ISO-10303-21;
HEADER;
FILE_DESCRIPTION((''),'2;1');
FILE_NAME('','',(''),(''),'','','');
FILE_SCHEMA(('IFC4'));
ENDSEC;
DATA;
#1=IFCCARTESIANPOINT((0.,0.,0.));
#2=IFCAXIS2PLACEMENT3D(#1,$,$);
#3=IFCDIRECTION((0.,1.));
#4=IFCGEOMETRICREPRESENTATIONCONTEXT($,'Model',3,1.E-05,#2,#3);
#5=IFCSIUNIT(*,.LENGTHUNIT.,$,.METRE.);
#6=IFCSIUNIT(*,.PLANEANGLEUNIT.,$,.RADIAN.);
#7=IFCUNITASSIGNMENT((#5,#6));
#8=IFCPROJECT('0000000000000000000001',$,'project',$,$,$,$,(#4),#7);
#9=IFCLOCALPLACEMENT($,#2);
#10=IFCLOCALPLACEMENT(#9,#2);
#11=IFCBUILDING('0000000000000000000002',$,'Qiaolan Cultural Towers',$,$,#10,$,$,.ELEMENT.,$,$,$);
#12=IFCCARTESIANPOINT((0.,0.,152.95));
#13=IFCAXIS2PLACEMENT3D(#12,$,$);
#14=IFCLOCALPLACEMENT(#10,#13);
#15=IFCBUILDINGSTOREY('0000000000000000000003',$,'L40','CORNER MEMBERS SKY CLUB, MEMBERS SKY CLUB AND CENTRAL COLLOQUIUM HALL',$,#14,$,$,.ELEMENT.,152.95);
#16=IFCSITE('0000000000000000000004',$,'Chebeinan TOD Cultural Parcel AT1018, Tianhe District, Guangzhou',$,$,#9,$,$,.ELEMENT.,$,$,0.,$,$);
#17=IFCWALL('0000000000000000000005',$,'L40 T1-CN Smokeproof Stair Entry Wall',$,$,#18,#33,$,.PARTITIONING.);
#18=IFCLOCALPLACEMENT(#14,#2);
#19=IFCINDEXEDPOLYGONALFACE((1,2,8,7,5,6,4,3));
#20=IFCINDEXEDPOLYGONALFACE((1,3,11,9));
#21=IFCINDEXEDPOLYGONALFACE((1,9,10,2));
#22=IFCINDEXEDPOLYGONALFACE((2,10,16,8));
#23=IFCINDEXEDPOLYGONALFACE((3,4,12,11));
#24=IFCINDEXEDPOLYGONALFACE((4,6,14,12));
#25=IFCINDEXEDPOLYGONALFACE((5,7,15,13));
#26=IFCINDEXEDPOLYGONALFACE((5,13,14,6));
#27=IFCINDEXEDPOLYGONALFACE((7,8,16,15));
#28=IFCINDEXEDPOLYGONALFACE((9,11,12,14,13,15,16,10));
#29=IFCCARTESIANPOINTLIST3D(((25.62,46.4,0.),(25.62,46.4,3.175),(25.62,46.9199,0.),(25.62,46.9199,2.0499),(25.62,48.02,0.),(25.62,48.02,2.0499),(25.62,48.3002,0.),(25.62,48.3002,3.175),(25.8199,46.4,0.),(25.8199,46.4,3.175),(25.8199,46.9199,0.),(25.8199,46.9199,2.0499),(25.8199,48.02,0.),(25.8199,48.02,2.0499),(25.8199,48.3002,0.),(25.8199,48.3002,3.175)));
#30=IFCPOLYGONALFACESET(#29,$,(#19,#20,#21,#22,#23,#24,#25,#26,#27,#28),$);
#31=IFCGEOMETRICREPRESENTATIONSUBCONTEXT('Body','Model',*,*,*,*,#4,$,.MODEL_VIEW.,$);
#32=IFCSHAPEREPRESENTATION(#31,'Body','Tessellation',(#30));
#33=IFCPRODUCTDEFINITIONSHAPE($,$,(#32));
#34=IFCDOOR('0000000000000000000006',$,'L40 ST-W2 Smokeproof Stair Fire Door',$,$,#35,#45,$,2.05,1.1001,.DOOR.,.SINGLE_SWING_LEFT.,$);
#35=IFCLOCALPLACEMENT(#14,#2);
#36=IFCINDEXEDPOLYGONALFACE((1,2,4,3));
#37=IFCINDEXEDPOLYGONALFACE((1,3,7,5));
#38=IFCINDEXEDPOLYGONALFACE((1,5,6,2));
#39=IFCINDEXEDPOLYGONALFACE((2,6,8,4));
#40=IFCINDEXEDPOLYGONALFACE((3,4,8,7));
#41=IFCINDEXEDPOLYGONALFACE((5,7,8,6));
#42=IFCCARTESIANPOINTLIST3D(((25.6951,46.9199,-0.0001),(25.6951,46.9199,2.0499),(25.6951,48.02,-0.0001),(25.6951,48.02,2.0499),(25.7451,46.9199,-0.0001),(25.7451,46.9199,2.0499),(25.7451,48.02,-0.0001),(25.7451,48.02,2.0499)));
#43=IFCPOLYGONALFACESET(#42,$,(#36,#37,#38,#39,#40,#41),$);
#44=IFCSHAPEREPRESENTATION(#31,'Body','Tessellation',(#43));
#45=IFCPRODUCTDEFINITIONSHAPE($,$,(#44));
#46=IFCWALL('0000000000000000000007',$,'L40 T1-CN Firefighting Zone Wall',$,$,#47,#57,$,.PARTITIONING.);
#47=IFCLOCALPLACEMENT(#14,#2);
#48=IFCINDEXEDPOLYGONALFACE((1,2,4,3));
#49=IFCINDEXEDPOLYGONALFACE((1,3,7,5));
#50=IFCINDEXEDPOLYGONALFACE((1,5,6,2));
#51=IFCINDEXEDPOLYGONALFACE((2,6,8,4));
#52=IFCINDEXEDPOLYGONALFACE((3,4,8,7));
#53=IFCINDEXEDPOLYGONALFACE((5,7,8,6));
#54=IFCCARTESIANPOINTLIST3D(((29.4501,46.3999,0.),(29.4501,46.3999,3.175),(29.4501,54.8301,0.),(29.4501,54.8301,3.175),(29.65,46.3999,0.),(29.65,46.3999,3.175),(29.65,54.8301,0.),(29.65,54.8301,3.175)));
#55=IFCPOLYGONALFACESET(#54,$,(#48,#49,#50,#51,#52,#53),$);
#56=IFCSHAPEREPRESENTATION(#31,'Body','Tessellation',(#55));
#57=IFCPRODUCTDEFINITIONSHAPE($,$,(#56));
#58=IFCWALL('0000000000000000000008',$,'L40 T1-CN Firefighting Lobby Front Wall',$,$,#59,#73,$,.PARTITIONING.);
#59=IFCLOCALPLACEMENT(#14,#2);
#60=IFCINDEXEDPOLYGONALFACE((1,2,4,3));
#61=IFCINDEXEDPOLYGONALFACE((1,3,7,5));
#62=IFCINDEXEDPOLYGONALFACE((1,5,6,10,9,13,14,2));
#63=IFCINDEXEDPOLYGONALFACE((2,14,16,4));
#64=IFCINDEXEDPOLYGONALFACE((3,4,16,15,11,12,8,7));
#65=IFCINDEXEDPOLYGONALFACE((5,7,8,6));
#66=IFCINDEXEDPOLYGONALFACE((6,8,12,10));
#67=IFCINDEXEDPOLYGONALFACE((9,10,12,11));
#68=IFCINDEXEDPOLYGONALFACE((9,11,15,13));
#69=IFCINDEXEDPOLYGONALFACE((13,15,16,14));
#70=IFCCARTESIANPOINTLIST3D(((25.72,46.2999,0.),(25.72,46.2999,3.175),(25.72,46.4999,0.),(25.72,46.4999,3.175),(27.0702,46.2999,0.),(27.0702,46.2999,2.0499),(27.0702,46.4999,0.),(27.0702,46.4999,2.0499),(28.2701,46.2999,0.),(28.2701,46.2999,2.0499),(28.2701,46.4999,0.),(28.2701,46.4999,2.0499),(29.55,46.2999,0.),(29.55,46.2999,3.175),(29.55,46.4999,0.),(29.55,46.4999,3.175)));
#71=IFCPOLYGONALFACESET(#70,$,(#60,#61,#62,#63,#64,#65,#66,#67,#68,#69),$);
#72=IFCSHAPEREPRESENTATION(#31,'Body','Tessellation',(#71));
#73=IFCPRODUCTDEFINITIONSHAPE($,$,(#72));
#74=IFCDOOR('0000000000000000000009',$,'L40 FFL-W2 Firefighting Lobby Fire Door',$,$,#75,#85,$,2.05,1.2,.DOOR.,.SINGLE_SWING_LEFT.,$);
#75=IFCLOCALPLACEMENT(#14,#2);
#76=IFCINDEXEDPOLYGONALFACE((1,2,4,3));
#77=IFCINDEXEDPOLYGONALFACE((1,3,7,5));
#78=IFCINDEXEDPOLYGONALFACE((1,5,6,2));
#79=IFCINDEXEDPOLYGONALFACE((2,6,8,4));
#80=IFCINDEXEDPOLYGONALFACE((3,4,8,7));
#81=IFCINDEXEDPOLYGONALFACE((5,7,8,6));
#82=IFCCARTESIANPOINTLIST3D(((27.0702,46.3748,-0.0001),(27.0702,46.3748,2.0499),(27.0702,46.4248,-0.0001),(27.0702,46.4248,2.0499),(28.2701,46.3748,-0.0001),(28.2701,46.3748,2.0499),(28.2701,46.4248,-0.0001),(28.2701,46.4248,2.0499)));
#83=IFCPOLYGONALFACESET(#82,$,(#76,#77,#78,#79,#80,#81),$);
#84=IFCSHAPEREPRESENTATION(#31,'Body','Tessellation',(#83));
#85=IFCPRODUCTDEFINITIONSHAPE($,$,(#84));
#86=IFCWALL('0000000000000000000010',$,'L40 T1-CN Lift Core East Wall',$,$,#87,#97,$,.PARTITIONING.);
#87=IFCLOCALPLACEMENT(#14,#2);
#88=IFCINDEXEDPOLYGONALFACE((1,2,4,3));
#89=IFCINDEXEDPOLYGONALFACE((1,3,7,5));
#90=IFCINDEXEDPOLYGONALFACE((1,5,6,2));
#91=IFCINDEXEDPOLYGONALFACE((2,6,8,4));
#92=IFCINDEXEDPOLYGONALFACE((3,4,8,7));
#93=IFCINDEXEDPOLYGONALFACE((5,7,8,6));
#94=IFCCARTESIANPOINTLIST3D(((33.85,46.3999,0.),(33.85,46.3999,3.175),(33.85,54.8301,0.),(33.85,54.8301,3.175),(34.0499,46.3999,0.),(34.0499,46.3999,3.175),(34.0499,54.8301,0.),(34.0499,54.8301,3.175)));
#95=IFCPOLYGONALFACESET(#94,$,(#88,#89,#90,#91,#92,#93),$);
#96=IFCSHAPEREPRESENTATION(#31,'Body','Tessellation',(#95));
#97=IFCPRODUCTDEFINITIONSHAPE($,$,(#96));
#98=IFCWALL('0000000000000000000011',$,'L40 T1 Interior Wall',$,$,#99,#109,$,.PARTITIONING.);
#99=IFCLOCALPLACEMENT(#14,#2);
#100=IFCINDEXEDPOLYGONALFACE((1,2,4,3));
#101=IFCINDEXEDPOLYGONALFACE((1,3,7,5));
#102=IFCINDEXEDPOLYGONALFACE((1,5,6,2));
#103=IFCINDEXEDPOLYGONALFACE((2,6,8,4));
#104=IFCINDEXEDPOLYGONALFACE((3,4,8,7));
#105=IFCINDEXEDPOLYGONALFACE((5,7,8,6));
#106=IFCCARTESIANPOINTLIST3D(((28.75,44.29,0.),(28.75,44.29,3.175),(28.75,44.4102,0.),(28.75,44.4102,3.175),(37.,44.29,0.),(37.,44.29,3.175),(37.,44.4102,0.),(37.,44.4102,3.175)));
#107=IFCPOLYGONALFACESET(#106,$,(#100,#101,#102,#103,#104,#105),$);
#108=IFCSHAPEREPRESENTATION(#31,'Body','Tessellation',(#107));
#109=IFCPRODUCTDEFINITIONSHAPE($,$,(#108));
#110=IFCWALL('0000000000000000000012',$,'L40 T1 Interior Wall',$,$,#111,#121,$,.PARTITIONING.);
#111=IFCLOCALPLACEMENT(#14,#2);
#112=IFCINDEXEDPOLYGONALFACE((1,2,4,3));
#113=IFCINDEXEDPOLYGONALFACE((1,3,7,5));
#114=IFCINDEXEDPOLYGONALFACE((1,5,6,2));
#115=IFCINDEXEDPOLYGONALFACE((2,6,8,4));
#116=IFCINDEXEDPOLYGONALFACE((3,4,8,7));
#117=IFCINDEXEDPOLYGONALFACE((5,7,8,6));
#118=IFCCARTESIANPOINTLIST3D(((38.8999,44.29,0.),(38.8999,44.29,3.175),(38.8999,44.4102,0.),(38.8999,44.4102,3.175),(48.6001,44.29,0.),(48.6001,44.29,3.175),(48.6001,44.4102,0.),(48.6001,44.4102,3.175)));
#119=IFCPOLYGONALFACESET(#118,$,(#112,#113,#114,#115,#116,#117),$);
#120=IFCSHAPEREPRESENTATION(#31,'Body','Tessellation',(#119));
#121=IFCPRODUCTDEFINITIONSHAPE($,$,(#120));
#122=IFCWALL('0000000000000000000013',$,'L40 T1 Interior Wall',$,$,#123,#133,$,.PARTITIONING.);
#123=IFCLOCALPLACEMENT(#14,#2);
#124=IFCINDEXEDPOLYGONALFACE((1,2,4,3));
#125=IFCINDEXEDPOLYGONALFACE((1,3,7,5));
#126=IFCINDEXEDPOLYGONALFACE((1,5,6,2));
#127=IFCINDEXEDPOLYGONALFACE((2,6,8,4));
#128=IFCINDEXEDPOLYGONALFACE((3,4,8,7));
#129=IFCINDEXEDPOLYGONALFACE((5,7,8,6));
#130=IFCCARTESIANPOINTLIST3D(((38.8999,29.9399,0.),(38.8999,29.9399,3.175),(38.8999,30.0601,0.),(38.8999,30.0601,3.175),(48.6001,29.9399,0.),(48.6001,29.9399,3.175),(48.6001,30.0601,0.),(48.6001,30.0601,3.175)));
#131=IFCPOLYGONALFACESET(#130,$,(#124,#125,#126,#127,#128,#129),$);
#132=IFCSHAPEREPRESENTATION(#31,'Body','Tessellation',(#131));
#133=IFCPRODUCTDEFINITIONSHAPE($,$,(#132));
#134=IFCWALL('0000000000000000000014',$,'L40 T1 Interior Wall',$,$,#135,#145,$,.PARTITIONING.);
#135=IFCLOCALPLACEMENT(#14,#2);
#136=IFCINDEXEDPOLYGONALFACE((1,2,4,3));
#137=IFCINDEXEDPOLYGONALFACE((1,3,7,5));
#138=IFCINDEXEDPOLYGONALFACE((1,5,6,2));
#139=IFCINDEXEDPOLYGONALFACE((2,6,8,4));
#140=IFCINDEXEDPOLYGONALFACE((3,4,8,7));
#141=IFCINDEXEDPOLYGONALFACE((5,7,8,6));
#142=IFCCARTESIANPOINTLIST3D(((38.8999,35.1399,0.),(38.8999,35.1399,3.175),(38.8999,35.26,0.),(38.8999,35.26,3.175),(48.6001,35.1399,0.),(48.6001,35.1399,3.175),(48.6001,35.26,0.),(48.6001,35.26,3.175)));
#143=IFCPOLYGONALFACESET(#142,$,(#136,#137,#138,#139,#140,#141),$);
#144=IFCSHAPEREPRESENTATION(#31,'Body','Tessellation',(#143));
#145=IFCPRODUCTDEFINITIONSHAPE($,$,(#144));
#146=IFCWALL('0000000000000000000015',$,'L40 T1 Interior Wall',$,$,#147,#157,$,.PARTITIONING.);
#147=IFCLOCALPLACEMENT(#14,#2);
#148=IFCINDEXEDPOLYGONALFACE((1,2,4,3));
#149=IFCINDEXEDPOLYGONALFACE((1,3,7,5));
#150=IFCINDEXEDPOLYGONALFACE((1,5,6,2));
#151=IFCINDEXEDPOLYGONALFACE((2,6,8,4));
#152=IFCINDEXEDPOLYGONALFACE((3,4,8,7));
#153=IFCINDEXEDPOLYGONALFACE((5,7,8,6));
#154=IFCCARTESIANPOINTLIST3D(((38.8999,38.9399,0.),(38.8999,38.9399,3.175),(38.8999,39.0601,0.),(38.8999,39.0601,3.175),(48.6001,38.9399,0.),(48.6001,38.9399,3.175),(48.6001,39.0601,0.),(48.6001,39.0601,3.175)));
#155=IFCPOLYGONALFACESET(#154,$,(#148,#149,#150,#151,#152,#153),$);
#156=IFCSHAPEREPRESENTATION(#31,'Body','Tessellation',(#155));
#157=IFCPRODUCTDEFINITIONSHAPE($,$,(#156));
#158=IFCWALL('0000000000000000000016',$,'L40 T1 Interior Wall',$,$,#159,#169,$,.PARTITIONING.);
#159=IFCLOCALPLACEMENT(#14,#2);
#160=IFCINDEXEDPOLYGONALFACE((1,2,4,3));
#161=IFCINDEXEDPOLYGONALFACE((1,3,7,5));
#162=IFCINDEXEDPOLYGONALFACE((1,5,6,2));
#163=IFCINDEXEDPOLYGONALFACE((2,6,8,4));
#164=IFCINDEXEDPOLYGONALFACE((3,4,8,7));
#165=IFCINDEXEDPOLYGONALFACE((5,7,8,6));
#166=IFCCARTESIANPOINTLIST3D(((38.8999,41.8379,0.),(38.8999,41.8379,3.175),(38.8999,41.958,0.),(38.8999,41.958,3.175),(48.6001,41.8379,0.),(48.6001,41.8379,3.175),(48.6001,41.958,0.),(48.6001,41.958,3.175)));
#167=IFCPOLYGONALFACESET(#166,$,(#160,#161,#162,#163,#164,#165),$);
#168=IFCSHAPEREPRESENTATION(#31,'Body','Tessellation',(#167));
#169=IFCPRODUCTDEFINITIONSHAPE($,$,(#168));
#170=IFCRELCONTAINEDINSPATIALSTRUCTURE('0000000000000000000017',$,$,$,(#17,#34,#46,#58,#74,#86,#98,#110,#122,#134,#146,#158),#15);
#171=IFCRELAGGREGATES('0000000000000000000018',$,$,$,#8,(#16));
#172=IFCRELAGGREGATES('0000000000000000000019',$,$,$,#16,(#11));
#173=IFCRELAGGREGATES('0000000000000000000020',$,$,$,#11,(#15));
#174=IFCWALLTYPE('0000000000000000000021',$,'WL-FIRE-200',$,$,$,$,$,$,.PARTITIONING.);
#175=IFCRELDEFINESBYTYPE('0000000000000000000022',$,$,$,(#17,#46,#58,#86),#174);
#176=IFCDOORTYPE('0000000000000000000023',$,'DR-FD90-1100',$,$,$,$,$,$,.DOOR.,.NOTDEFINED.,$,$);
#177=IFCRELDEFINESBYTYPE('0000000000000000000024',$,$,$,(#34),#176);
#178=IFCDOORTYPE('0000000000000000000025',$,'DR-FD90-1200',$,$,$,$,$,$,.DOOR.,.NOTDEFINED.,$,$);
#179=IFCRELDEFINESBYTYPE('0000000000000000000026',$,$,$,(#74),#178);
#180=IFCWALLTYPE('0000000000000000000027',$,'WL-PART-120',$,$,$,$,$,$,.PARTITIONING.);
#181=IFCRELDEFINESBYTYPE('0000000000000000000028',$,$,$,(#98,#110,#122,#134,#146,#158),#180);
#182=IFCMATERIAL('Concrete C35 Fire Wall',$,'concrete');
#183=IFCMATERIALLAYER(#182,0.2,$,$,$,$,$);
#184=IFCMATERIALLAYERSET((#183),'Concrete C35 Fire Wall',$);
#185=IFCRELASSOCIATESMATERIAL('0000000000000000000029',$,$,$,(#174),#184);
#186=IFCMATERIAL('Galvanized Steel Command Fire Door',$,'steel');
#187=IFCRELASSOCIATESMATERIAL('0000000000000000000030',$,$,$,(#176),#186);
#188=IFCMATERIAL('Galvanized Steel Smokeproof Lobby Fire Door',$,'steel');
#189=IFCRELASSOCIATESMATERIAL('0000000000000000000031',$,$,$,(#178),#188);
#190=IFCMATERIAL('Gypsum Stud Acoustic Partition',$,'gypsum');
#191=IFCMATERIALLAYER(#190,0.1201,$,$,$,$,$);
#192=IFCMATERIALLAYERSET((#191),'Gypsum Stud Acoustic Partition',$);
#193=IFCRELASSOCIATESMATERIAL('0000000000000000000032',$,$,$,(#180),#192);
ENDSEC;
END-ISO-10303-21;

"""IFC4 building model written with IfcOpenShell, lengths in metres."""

from ifc_helpers import new_model, si_unit, direction, frame, frame_2d, origin, place, context, subcontext, project, spatial, rectangle, extrude, material, layer, layer_set, type_object, element, fill, save


model = new_model("IFC4")

# Units and contexts
model_context = context("Model", 3, precision=1e-05, world=origin(), true_north=direction((0.0, 1.0)))
body_context = subcontext(model_context, "Body", "Model", "MODEL_VIEW")
ifc_project = project(units=[si_unit("LENGTHUNIT", "METRE"), si_unit("PLANEANGLEUNIT", "RADIAN")], contexts=[model_context])

# Site, building, storey
site_placement = place(None, origin())
site = spatial("IfcSite", under=ifc_project, at=site_placement, Name="Chebeinan TOD Cultural Parcel AT1018, Tianhe District, Guangzhou", CompositionType="ELEMENT", RefElevation=0.0)
building_placement = place(site_placement, origin())
building = spatial("IfcBuilding", under=site, at=building_placement, Name="Qiaolan Cultural Towers", CompositionType="ELEMENT")
storey_placement = place(building_placement, frame((0.0, 0.0, 152.95)))
storey = spatial("IfcBuildingStorey", under=building, at=storey_placement, Name="L40", Description="CORNER MEMBERS SKY CLUB, MEMBERS SKY CLUB AND CENTRAL COLLOQUIUM HALL", CompositionType="ELEMENT", Elevation=152.95)

# Wall, opening, door
ifc_material_1 = material(Name="Concrete C35 Fire Wall", Category="concrete")
ifc_layer_1 = layer(ifc_material_1, 0.2)
ifc_layer_set_1 = layer_set([ifc_layer_1], Name="Concrete C35 Fire Wall")
wall_type_1 = type_object("IfcWallType", Name="WL-FIRE-200", PredefinedType="PARTITIONING", material=ifc_layer_set_1)
wall_1_placement = place(storey_placement, frame((25.72, 46.3999, 0.0), z_axis=(0.0, 0.0, 1.0), x_axis=(0.0, 1.0, 0.0)))
wall_1 = element("IfcWall", 1, at=wall_1_placement, inside=storey, type_object=wall_type_1, Name="L40 T1-CN Smokeproof Stair Entry Wall", PredefinedType="PARTITIONING", context=body_context, shape_type="SweptSolid", body=[
    extrude(rectangle(XDim=1.9001, YDim=0.2, at=frame_2d((0.9502, 0.0))), origin(), (0.0, 0.0, 1.0), 3.175),
])
opening_1_placement = place(wall_1_placement, frame((0.52, 0.0, 0.0)))
opening_1 = element("IfcOpeningElement", 2, at=opening_1_placement, cuts=wall_1, PredefinedType="OPENING", context=body_context, shape_type="SweptSolid", body=[
    extrude(rectangle(XDim=1.1001, YDim=2.05, at=frame_2d((0.55, 1.0249))), frame((0.0, 0.1099, 0.0), z_axis=(0.0, -1.0, 0.0), x_axis=(1.0, 0.0, 0.0)), (0.0, 0.0, 1.0), 0.22),
])
ifc_material_2 = material(Name="Galvanized Steel Command Fire Door", Category="steel")
door_type_1 = type_object("IfcDoorType", Name="DR-FD90-1100", OperationType="NOTDEFINED", PredefinedType="DOOR", material=ifc_material_2)
door_1_placement = place(opening_1_placement, origin())
door_1 = element("IfcDoor", 3, at=door_1_placement, inside=storey, type_object=door_type_1, Name="L40 ST-W2 Smokeproof Stair Fire Door", OperationType="SINGLE_SWING_LEFT", OverallHeight=2.05, OverallWidth=1.1001, PredefinedType="DOOR", context=body_context, shape_type="SweptSolid", body=[
    extrude(rectangle(XDim=1.1001, YDim=2.05, at=frame_2d((0.55, 1.0249))), frame((0.0, 0.0249, 0.0), z_axis=(0.0, -1.0, 0.0), x_axis=(1.0, 0.0, 0.0)), (0.0, 0.0, 1.0), 0.05),
])
fill(opening_1, door_1)

# Wall
wall_2_placement = place(storey_placement, frame((29.55, 46.3999, 0.0), z_axis=(0.0, 0.0, 1.0), x_axis=(0.0, 1.0, 0.0)))
element("IfcWall", 4, at=wall_2_placement, inside=storey, type_object=wall_type_1, Name="L40 T1-CN Firefighting Zone Wall", PredefinedType="PARTITIONING", context=body_context, shape_type="SweptSolid", body=[
    extrude(rectangle(XDim=8.4302, YDim=0.2, at=frame_2d((4.2151, 0.0))), origin(), (0.0, 0.0, 1.0), 3.175),
])

# Wall, opening, door
wall_3_placement = place(storey_placement, frame((25.72, 46.3999, 0.0), z_axis=(0.0, 0.0, 1.0), x_axis=(1.0, 0.0, 0.0)))
wall_3 = element("IfcWall", 5, at=wall_3_placement, inside=storey, type_object=wall_type_1, Name="L40 T1-CN Firefighting Lobby Front Wall", PredefinedType="PARTITIONING", context=body_context, shape_type="SweptSolid", body=[
    extrude(rectangle(XDim=3.8301, YDim=0.2, at=frame_2d((1.915, 0.0))), origin(), (0.0, 0.0, 1.0), 3.175),
])
opening_2_placement = place(wall_3_placement, frame((1.3501, 0.0, 0.0)))
opening_2 = element("IfcOpeningElement", 6, at=opening_2_placement, cuts=wall_3, PredefinedType="OPENING", context=body_context, shape_type="SweptSolid", body=[
    extrude(rectangle(XDim=1.2, YDim=2.05, at=frame_2d((0.6001, 1.0249))), frame((0.0, 0.1099, 0.0), z_axis=(0.0, -1.0, 0.0), x_axis=(1.0, 0.0, 0.0)), (0.0, 0.0, 1.0), 0.22),
])
ifc_material_3 = material(Name="Galvanized Steel Smokeproof Lobby Fire Door", Category="steel")
door_type_2 = type_object("IfcDoorType", Name="DR-FD90-1200", OperationType="NOTDEFINED", PredefinedType="DOOR", material=ifc_material_3)
door_2_placement = place(opening_2_placement, origin())
door_2 = element("IfcDoor", 7, at=door_2_placement, inside=storey, type_object=door_type_2, Name="L40 FFL-W2 Firefighting Lobby Fire Door", OperationType="SINGLE_SWING_LEFT", OverallHeight=2.05, OverallWidth=1.2, PredefinedType="DOOR", context=body_context, shape_type="SweptSolid", body=[
    extrude(rectangle(XDim=1.2, YDim=2.05, at=frame_2d((0.6001, 1.0249))), frame((0.0, 0.0249, 0.0), z_axis=(0.0, -1.0, 0.0), x_axis=(1.0, 0.0, 0.0)), (0.0, 0.0, 1.0), 0.05),
])
fill(opening_2, door_2)

# Walls
wall_4_placement = place(storey_placement, frame((33.95, 46.3999, 0.0), z_axis=(0.0, 0.0, 1.0), x_axis=(0.0, 1.0, 0.0)))
element("IfcWall", 8, at=wall_4_placement, inside=storey, type_object=wall_type_1, Name="L40 T1-CN Lift Core East Wall", PredefinedType="PARTITIONING", context=body_context, shape_type="SweptSolid", body=[
    extrude(rectangle(XDim=8.4302, YDim=0.2, at=frame_2d((4.2151, 0.0))), origin(), (0.0, 0.0, 1.0), 3.175),
])
ifc_material_4 = material(Name="Gypsum Stud Acoustic Partition", Category="gypsum")
ifc_layer_2 = layer(ifc_material_4, 0.1201)
ifc_layer_set_2 = layer_set([ifc_layer_2], Name="Gypsum Stud Acoustic Partition")
wall_type_2 = type_object("IfcWallType", Name="WL-PART-120", PredefinedType="PARTITIONING", material=ifc_layer_set_2)
wall_5_placement = place(storey_placement, frame((28.75, 44.3501, 0.0), z_axis=(0.0, 0.0, 1.0), x_axis=(1.0, 0.0, 0.0)))
element("IfcWall", 9, at=wall_5_placement, inside=storey, type_object=wall_type_2, Name="L40 T1 Interior Wall", PredefinedType="PARTITIONING", context=body_context, shape_type="SweptSolid", body=[
    extrude(rectangle(XDim=8.25, YDim=0.1201, at=frame_2d((4.125, 0.0))), origin(), (0.0, 0.0, 1.0), 3.175),
])
for number, where, z_axis, x_axis, name in (
    (10, (38.8999, 44.3501, 0.0), (0.0, 0.0, 1.0), (1.0, 0.0, 0.0), "L40 T1 Interior Wall"),
    (11, (38.8999, 30.0, 0.0), (0.0, 0.0, 1.0), (1.0, 0.0, 0.0), "L40 T1 Interior Wall"),
    (12, (38.8999, 35.2, 0.0), (0.0, 0.0, 1.0), (1.0, 0.0, 0.0), "L40 T1 Interior Wall"),
    (13, (38.8999, 39.0, 0.0), (0.0, 0.0, 1.0), (1.0, 0.0, 0.0), "L40 T1 Interior Wall"),
    (14, (38.8999, 41.8979, 0.0), (0.0, 0.0, 1.0), (1.0, 0.0, 0.0), "L40 T1 Interior Wall"),
):
    element("IfcWall", number, at=place(storey_placement, frame(where, z_axis=z_axis, x_axis=x_axis)), inside=storey, type_object=wall_type_2, Name=name, PredefinedType="PARTITIONING", context=body_context, shape_type="SweptSolid", body=[
        extrude(rectangle(XDim=9.7002, YDim=0.1201, at=frame_2d((4.8501, 0.0))), origin(), (0.0, 0.0, 1.0), 3.175),
    ])

save(model, "model.ifc")
